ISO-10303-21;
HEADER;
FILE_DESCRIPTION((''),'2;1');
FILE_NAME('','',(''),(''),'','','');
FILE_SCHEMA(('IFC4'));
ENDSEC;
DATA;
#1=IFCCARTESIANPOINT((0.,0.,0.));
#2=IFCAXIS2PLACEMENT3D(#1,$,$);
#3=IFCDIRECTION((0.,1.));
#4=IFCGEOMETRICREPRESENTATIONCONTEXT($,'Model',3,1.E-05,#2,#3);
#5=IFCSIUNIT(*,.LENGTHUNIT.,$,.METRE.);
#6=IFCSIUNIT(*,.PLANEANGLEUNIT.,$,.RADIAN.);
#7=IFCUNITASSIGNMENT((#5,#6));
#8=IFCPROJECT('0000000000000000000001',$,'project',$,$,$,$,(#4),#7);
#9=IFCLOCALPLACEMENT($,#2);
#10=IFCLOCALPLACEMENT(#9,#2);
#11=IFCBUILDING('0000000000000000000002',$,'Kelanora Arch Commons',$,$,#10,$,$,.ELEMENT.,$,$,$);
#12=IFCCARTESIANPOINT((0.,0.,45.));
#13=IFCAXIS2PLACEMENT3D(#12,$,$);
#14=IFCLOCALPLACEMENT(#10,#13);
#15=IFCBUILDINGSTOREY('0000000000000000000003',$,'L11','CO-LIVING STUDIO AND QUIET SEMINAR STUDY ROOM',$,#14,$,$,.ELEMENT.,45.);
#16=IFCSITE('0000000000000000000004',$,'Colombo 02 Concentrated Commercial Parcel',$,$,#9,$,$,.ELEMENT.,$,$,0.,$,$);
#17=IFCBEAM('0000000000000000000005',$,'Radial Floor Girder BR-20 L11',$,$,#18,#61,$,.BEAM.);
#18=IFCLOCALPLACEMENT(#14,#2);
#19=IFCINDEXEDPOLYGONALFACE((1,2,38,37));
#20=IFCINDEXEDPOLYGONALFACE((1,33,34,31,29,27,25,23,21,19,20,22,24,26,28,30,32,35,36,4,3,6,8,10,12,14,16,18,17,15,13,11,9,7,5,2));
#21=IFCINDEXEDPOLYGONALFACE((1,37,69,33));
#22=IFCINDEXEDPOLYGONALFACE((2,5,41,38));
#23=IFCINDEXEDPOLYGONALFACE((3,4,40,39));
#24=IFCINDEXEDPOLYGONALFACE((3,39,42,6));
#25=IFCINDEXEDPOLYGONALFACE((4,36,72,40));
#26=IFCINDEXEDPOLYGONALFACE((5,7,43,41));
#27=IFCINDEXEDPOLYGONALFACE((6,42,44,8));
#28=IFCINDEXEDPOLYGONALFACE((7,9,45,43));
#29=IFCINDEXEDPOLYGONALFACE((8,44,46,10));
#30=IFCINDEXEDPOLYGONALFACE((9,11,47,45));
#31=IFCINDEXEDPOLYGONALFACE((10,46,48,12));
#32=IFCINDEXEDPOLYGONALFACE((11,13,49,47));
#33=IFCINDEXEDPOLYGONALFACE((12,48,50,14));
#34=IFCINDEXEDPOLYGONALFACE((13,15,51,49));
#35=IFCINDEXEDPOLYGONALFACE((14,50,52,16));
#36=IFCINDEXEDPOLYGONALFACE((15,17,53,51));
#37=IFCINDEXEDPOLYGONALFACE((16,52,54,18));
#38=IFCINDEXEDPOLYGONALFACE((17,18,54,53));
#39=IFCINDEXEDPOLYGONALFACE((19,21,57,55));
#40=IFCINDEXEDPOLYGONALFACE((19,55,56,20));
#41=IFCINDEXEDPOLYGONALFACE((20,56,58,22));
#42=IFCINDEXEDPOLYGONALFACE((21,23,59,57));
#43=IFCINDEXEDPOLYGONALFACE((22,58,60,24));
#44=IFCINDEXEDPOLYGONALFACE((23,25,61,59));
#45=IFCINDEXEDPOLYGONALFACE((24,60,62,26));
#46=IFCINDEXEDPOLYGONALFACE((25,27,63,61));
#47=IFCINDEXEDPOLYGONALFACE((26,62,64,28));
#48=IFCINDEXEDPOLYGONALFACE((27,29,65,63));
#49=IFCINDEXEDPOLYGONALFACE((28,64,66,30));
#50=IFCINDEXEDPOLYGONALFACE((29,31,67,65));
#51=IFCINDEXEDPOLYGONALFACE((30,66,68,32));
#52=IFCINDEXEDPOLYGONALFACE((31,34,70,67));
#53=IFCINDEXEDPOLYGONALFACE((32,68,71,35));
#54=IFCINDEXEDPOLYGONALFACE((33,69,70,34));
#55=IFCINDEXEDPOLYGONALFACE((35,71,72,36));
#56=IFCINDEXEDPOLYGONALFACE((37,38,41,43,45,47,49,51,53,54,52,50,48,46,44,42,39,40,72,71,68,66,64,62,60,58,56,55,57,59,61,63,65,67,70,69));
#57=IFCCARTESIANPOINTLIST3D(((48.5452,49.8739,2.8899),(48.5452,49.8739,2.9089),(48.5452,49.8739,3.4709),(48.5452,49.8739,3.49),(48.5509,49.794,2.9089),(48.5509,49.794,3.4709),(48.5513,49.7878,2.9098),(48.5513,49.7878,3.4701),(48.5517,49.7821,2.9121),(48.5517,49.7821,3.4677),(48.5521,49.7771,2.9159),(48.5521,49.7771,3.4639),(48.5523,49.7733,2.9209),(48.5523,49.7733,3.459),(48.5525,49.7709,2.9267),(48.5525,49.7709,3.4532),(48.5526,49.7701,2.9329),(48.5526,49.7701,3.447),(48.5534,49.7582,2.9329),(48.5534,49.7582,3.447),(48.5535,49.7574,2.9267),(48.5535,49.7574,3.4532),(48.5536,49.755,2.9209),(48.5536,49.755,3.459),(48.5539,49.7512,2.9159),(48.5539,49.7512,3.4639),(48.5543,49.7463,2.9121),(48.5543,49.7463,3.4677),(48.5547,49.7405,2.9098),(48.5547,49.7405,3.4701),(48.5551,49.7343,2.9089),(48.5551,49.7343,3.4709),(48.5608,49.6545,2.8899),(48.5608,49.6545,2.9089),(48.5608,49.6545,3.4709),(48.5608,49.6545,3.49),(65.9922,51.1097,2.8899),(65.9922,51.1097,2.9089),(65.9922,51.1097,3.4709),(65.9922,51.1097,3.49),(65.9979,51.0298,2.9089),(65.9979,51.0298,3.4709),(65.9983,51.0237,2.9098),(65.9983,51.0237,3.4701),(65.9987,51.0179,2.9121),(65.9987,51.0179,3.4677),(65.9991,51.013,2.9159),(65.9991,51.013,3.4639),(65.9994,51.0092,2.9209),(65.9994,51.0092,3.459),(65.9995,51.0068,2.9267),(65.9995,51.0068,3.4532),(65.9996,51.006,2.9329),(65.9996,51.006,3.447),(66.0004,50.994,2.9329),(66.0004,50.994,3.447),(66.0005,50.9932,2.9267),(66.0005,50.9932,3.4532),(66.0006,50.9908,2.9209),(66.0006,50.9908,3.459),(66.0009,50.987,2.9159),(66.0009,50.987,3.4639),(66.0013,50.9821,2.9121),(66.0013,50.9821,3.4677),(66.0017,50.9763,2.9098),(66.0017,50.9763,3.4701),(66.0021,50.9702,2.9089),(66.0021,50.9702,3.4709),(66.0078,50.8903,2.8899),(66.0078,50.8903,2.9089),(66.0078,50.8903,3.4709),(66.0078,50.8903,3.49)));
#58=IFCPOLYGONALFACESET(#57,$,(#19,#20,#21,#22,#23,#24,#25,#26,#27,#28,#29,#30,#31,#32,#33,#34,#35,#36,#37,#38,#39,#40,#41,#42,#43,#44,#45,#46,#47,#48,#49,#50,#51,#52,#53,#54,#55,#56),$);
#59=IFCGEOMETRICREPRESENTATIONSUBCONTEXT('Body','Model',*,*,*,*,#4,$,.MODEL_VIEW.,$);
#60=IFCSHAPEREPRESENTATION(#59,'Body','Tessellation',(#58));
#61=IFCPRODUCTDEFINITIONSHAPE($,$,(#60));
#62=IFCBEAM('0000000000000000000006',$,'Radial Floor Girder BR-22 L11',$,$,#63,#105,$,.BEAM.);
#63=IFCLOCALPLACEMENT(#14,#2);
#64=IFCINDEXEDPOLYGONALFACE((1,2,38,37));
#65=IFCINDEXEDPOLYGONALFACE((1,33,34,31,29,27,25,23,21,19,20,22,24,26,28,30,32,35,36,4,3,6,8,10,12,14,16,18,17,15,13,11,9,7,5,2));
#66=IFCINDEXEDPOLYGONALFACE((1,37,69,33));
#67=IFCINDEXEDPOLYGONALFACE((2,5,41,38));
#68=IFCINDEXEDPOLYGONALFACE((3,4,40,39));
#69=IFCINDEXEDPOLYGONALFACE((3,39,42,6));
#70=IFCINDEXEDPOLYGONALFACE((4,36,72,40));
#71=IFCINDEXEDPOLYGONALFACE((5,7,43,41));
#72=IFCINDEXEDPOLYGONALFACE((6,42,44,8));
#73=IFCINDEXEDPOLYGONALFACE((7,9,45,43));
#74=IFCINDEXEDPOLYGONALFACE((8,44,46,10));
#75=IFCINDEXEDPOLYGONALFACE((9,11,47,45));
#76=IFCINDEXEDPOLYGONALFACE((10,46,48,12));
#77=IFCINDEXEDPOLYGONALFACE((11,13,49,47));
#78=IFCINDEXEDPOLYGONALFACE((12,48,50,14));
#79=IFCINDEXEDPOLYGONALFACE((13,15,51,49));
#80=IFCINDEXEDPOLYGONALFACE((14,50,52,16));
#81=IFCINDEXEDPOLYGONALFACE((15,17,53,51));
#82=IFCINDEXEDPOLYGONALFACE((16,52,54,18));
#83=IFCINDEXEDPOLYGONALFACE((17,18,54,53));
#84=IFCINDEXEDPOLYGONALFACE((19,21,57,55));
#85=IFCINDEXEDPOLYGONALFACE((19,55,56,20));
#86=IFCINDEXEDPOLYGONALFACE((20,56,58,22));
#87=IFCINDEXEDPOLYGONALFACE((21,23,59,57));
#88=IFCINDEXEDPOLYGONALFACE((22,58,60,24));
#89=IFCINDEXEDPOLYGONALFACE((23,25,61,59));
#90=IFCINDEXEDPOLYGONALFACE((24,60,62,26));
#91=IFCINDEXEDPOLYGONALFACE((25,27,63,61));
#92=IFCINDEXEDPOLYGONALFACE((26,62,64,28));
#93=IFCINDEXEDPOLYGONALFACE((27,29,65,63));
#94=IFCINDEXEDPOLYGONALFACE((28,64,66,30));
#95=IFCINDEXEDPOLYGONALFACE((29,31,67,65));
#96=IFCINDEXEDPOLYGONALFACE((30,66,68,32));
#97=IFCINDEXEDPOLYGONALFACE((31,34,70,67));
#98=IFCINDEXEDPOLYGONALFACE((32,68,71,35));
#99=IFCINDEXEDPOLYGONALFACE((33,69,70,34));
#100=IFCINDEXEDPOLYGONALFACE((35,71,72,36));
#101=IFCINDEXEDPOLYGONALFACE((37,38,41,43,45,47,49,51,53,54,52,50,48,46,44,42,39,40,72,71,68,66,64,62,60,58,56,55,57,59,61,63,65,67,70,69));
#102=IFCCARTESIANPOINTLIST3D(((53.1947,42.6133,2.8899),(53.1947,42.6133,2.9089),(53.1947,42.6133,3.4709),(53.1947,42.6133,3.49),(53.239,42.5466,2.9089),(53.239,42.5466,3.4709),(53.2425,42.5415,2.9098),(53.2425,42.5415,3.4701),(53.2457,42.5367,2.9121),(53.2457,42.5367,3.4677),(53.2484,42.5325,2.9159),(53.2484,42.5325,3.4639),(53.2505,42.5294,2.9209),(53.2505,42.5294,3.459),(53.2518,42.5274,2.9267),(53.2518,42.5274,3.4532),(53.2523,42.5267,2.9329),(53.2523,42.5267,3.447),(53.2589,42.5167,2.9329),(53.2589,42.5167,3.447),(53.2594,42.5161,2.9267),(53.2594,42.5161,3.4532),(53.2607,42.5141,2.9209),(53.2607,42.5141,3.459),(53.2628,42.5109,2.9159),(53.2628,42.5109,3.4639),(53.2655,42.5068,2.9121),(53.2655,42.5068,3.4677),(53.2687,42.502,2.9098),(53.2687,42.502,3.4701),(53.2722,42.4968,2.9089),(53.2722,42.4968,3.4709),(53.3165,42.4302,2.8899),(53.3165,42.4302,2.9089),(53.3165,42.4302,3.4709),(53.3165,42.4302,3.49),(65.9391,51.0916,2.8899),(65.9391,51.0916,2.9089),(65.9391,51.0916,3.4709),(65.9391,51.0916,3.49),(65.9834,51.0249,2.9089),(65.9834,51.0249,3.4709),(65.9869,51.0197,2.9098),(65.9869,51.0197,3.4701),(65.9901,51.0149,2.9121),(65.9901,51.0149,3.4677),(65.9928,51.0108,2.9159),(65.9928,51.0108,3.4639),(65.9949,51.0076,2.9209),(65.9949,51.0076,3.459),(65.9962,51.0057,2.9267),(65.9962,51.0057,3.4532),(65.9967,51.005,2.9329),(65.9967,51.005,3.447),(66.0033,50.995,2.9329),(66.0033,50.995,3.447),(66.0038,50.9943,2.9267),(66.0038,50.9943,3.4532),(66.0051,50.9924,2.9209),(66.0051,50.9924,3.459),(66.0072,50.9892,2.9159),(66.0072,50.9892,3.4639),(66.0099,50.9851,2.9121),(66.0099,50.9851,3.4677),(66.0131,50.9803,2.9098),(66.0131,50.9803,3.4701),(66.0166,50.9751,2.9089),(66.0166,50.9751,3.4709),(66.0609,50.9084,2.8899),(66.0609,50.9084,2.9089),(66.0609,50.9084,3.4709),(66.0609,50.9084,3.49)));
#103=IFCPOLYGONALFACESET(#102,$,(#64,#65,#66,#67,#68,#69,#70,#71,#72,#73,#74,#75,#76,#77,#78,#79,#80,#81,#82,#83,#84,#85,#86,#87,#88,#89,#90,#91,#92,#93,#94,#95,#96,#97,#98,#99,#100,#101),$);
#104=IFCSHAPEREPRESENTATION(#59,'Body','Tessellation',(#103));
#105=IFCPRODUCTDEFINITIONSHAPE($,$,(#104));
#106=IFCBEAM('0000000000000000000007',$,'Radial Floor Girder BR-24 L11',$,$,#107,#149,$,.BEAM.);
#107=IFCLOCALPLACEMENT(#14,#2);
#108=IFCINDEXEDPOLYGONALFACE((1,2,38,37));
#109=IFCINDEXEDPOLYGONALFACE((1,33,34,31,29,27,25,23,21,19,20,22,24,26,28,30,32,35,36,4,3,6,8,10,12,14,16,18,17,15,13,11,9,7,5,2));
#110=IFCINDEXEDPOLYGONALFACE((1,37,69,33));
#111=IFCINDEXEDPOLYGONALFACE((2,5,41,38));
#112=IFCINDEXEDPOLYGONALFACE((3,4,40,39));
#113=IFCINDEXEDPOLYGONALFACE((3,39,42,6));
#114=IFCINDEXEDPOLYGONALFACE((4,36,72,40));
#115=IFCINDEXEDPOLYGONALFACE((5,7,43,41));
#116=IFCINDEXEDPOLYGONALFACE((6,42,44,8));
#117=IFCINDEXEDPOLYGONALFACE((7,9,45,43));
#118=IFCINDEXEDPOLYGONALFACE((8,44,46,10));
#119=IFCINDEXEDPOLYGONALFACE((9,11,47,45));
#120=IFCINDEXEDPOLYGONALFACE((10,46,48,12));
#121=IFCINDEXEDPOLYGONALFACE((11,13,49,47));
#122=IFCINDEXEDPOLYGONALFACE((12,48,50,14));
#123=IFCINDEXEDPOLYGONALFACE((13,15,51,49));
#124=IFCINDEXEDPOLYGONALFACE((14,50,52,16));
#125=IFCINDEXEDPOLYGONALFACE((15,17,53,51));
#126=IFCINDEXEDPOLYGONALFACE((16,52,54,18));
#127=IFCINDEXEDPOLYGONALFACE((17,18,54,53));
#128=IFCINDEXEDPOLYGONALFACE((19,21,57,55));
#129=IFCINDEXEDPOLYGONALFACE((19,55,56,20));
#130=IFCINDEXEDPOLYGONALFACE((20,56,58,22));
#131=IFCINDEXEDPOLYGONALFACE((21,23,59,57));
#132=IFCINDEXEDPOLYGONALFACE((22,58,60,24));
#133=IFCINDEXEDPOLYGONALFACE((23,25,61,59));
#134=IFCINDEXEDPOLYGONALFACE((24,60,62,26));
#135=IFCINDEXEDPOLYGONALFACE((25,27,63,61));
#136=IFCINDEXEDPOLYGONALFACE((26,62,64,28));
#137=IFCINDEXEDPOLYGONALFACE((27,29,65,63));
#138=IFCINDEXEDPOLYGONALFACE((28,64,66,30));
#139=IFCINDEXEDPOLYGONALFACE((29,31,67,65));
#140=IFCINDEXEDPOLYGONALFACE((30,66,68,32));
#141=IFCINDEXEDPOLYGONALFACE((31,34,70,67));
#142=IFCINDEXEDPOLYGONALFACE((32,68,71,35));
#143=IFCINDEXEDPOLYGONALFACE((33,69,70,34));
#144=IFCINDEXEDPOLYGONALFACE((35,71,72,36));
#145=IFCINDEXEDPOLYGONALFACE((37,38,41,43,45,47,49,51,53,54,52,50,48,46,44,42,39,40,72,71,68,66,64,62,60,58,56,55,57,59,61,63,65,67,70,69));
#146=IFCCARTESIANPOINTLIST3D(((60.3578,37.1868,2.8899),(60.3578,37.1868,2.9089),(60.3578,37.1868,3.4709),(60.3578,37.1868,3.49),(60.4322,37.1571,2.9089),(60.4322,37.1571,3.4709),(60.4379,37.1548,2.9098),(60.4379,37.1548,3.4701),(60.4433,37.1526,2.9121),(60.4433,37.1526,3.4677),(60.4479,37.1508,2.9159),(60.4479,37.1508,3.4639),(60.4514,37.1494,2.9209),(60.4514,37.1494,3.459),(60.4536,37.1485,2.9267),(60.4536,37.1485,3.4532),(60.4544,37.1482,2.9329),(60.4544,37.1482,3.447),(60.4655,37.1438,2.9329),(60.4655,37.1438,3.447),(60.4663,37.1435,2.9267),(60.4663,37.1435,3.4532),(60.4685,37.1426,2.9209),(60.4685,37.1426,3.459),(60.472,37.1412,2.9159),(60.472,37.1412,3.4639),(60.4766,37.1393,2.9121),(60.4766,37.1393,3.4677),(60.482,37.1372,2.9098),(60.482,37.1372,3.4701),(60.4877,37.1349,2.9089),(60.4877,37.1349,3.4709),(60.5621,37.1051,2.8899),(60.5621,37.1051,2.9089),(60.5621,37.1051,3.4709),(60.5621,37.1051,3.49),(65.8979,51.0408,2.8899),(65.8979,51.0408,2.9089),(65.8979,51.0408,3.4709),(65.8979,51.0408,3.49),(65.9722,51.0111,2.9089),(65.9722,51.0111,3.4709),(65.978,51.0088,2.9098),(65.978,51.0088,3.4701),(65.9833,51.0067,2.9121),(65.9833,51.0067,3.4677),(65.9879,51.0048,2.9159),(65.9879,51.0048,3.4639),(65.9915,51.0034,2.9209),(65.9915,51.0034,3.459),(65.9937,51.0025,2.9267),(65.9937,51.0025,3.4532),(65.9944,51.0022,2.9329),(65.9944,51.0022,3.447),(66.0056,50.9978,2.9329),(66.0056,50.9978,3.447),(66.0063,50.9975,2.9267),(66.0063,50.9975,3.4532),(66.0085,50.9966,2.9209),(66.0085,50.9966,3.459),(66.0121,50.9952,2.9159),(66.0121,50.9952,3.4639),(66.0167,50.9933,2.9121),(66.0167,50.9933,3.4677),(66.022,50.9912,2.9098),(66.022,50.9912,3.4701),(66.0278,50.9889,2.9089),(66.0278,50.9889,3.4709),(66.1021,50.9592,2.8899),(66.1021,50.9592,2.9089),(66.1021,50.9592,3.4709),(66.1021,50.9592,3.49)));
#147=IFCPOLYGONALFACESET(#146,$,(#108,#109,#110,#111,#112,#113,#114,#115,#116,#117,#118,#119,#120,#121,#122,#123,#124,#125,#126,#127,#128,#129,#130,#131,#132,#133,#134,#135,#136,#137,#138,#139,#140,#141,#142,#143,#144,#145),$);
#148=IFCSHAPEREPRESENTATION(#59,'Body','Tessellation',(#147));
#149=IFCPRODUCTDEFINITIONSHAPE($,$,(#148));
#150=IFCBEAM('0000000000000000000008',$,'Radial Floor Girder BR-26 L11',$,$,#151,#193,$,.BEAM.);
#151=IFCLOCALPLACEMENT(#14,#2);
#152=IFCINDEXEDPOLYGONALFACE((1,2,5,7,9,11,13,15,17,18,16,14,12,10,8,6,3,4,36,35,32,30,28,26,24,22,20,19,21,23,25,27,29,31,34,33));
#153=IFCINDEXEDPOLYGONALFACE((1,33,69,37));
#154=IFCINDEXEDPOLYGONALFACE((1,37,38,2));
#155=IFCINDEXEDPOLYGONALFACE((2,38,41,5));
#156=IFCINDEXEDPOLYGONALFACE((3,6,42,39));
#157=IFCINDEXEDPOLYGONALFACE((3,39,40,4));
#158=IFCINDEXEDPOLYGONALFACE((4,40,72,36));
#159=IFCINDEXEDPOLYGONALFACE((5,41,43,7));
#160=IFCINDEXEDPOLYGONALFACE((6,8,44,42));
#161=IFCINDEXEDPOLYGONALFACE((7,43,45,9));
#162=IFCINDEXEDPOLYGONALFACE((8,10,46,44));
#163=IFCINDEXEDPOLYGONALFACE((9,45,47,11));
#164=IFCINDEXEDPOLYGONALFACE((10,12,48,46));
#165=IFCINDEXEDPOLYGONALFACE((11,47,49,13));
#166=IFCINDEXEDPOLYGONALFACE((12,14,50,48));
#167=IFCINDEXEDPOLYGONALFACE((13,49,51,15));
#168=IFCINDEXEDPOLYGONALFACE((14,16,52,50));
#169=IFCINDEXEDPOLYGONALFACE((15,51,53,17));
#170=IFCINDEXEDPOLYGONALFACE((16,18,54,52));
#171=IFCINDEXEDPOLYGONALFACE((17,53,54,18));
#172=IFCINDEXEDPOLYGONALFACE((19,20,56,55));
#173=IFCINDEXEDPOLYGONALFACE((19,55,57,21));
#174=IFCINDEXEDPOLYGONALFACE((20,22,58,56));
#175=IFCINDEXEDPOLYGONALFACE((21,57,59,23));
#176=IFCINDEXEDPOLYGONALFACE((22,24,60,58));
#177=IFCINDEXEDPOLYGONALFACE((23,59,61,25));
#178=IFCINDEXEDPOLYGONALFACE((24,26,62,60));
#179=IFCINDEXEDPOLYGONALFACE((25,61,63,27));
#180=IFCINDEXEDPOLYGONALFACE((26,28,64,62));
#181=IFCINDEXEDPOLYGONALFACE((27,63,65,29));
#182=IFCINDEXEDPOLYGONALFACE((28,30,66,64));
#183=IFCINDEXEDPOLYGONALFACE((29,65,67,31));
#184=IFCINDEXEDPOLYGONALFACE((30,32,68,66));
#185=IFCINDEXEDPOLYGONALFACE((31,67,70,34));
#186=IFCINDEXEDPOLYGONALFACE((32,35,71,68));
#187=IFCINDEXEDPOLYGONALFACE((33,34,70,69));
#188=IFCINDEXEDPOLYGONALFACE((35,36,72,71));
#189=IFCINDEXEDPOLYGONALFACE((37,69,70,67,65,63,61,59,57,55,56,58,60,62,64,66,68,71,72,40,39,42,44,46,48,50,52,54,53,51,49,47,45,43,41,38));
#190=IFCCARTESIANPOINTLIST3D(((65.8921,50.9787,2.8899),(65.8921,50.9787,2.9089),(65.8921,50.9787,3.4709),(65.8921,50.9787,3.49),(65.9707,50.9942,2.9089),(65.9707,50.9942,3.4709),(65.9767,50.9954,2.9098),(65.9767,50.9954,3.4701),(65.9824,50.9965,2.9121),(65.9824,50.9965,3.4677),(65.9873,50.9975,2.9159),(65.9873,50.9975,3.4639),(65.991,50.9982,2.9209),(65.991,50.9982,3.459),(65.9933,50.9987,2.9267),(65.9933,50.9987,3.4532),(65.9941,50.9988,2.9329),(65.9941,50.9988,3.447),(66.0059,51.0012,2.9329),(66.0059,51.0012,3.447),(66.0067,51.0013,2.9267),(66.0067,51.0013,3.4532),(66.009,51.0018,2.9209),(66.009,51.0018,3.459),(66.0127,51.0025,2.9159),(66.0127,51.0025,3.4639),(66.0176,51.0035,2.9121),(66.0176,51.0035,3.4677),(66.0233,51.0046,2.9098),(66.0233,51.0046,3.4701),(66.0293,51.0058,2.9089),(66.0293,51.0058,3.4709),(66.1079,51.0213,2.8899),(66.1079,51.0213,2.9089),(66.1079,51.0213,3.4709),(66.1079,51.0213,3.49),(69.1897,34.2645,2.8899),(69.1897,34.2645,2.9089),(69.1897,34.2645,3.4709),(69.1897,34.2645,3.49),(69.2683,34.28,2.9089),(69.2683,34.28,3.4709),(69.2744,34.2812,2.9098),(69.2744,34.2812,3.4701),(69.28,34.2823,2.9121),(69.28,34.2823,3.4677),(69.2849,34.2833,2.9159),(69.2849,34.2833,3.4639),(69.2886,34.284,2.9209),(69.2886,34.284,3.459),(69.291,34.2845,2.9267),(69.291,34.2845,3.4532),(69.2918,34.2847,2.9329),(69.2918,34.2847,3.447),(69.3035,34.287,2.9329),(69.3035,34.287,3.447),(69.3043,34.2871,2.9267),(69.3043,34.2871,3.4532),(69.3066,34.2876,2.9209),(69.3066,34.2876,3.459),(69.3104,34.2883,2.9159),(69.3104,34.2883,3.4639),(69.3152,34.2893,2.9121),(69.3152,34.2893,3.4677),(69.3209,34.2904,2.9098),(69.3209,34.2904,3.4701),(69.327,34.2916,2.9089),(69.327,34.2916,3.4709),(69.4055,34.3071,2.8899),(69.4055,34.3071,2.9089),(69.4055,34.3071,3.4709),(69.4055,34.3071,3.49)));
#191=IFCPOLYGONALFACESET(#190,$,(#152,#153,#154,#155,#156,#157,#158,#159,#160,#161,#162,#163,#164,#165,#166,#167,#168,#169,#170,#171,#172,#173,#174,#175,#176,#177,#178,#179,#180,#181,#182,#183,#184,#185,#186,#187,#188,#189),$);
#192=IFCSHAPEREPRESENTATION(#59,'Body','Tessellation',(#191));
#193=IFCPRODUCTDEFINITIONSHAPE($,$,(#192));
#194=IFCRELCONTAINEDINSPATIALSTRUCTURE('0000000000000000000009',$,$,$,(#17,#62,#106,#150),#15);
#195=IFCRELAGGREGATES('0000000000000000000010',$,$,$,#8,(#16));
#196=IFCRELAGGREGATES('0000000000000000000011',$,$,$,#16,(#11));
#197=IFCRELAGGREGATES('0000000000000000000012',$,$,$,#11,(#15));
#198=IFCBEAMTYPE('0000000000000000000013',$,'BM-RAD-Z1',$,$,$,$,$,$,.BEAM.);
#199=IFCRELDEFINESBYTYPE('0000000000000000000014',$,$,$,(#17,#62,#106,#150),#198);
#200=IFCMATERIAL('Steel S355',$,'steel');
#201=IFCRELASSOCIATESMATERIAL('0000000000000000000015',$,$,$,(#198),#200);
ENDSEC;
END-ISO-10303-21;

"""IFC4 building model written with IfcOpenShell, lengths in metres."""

from ifc_helpers import new_model, si_unit, direction, frame, origin, origin_2d, place, context, subcontext, project, spatial, i_section, extrude, material, material_profile, profile_set, type_object, element, save


model = new_model("IFC4")

# Units and contexts
model_context = context("Model", 3, precision=1e-05, world=origin(), true_north=direction((0.0, 1.0)))
body_context = subcontext(model_context, "Body", "Model", "MODEL_VIEW")
ifc_project = project(units=[si_unit("LENGTHUNIT", "METRE"), si_unit("PLANEANGLEUNIT", "RADIAN")], contexts=[model_context])

# Site, building, storey
site_placement = place(None, origin())
site = spatial("IfcSite", under=ifc_project, at=site_placement, Name="Colombo 02 Concentrated Commercial Parcel", CompositionType="ELEMENT", RefElevation=0.0)
building_placement = place(site_placement, origin())
building = spatial("IfcBuilding", under=site, at=building_placement, Name="Kelanora Arch Commons", CompositionType="ELEMENT")
storey_placement = place(building_placement, frame((0.0, 0.0, 45.0)))
storey = spatial("IfcBuildingStorey", under=building, at=storey_placement, Name="L11", Description="CO-LIVING STUDIO AND QUIET SEMINAR STUDY ROOM", CompositionType="ELEMENT", Elevation=45.0)

# Beams
ifc_material_1 = material(Name="Steel S355", Category="steel")
ifc_material_profile_1 = material_profile(ifc_material_1, i_section(OverallWidth=0.22, OverallDepth=0.6001, WebThickness=0.012, FlangeThickness=0.019, FilletRadius=0.0239, at=origin_2d()), Name="IPE600")
ifc_profile_set_1 = profile_set([ifc_material_profile_1], Name="Steel S355")
beam_type_1 = type_object("IfcBeamType", Name="BM-RAD-Z1", PredefinedType="BEAM", material=ifc_profile_set_1)
beam_1_placement = place(storey_placement, frame((66.0, 51.0, 3.1899), z_axis=(-0.997501, -0.070657, 0.0), x_axis=(0.070657, -0.997501, 0.0)))
element("IfcBeam", 1, at=beam_1_placement, inside=storey, type_object=beam_type_1, Name="Radial Floor Girder BR-20 L11", PredefinedType="BEAM", context=body_context, shape_type="SweptSolid", body=[
    extrude(i_section(OverallWidth=0.22, OverallDepth=0.6001, WebThickness=0.012, FlangeThickness=0.019, FilletRadius=0.0239, at=origin_2d()), origin(), (0.0, 0.0, 1.0), 17.4907),
])
beam_2_placement = place(storey_placement, frame((66.0, 51.0, 3.1899), z_axis=(-0.832592, -0.553886, 0.0), x_axis=(0.553886, -0.832592, 0.0)))
element("IfcBeam", 2, at=beam_2_placement, inside=storey, type_object=beam_type_1, Name="Radial Floor Girder BR-22 L11", PredefinedType="BEAM", context=body_context, shape_type="SweptSolid", body=[
    extrude(i_section(OverallWidth=0.22, OverallDepth=0.6001, WebThickness=0.012, FlangeThickness=0.019, FilletRadius=0.0239, at=origin_2d()), origin(), (0.0, 0.0, 1.0), 15.3069),
])
beam_3_placement = place(storey_placement, frame((66.0, 51.0, 3.1899), z_axis=(-0.3713, -0.928513, 0.0), x_axis=(0.928513, -0.3713, 0.0)))
element("IfcBeam", 3, at=beam_3_placement, inside=storey, type_object=beam_type_1, Name="Radial Floor Girder BR-24 L11", PredefinedType="BEAM", context=body_context, shape_type="SweptSolid", body=[
    extrude(i_section(OverallWidth=0.22, OverallDepth=0.6001, WebThickness=0.012, FlangeThickness=0.019, FilletRadius=0.0239, at=origin_2d()), origin(), (0.0, 0.0, 1.0), 14.9207),
])
beam_4_placement = place(storey_placement, frame((66.0, 51.0, 3.1899), z_axis=(0.193564, -0.981088, 0.0), x_axis=(0.981088, 0.193564, 0.0)))
element("IfcBeam", 4, at=beam_4_placement, inside=storey, type_object=beam_type_1, Name="Radial Floor Girder BR-26 L11", PredefinedType="BEAM", context=body_context, shape_type="SweptSolid", body=[
    extrude(i_section(OverallWidth=0.22, OverallDepth=0.6001, WebThickness=0.012, FlangeThickness=0.019, FilletRadius=0.0239, at=origin_2d()), origin(), (0.0, 0.0, 1.0), 17.0364),
])

save(model, "model.ifc")
